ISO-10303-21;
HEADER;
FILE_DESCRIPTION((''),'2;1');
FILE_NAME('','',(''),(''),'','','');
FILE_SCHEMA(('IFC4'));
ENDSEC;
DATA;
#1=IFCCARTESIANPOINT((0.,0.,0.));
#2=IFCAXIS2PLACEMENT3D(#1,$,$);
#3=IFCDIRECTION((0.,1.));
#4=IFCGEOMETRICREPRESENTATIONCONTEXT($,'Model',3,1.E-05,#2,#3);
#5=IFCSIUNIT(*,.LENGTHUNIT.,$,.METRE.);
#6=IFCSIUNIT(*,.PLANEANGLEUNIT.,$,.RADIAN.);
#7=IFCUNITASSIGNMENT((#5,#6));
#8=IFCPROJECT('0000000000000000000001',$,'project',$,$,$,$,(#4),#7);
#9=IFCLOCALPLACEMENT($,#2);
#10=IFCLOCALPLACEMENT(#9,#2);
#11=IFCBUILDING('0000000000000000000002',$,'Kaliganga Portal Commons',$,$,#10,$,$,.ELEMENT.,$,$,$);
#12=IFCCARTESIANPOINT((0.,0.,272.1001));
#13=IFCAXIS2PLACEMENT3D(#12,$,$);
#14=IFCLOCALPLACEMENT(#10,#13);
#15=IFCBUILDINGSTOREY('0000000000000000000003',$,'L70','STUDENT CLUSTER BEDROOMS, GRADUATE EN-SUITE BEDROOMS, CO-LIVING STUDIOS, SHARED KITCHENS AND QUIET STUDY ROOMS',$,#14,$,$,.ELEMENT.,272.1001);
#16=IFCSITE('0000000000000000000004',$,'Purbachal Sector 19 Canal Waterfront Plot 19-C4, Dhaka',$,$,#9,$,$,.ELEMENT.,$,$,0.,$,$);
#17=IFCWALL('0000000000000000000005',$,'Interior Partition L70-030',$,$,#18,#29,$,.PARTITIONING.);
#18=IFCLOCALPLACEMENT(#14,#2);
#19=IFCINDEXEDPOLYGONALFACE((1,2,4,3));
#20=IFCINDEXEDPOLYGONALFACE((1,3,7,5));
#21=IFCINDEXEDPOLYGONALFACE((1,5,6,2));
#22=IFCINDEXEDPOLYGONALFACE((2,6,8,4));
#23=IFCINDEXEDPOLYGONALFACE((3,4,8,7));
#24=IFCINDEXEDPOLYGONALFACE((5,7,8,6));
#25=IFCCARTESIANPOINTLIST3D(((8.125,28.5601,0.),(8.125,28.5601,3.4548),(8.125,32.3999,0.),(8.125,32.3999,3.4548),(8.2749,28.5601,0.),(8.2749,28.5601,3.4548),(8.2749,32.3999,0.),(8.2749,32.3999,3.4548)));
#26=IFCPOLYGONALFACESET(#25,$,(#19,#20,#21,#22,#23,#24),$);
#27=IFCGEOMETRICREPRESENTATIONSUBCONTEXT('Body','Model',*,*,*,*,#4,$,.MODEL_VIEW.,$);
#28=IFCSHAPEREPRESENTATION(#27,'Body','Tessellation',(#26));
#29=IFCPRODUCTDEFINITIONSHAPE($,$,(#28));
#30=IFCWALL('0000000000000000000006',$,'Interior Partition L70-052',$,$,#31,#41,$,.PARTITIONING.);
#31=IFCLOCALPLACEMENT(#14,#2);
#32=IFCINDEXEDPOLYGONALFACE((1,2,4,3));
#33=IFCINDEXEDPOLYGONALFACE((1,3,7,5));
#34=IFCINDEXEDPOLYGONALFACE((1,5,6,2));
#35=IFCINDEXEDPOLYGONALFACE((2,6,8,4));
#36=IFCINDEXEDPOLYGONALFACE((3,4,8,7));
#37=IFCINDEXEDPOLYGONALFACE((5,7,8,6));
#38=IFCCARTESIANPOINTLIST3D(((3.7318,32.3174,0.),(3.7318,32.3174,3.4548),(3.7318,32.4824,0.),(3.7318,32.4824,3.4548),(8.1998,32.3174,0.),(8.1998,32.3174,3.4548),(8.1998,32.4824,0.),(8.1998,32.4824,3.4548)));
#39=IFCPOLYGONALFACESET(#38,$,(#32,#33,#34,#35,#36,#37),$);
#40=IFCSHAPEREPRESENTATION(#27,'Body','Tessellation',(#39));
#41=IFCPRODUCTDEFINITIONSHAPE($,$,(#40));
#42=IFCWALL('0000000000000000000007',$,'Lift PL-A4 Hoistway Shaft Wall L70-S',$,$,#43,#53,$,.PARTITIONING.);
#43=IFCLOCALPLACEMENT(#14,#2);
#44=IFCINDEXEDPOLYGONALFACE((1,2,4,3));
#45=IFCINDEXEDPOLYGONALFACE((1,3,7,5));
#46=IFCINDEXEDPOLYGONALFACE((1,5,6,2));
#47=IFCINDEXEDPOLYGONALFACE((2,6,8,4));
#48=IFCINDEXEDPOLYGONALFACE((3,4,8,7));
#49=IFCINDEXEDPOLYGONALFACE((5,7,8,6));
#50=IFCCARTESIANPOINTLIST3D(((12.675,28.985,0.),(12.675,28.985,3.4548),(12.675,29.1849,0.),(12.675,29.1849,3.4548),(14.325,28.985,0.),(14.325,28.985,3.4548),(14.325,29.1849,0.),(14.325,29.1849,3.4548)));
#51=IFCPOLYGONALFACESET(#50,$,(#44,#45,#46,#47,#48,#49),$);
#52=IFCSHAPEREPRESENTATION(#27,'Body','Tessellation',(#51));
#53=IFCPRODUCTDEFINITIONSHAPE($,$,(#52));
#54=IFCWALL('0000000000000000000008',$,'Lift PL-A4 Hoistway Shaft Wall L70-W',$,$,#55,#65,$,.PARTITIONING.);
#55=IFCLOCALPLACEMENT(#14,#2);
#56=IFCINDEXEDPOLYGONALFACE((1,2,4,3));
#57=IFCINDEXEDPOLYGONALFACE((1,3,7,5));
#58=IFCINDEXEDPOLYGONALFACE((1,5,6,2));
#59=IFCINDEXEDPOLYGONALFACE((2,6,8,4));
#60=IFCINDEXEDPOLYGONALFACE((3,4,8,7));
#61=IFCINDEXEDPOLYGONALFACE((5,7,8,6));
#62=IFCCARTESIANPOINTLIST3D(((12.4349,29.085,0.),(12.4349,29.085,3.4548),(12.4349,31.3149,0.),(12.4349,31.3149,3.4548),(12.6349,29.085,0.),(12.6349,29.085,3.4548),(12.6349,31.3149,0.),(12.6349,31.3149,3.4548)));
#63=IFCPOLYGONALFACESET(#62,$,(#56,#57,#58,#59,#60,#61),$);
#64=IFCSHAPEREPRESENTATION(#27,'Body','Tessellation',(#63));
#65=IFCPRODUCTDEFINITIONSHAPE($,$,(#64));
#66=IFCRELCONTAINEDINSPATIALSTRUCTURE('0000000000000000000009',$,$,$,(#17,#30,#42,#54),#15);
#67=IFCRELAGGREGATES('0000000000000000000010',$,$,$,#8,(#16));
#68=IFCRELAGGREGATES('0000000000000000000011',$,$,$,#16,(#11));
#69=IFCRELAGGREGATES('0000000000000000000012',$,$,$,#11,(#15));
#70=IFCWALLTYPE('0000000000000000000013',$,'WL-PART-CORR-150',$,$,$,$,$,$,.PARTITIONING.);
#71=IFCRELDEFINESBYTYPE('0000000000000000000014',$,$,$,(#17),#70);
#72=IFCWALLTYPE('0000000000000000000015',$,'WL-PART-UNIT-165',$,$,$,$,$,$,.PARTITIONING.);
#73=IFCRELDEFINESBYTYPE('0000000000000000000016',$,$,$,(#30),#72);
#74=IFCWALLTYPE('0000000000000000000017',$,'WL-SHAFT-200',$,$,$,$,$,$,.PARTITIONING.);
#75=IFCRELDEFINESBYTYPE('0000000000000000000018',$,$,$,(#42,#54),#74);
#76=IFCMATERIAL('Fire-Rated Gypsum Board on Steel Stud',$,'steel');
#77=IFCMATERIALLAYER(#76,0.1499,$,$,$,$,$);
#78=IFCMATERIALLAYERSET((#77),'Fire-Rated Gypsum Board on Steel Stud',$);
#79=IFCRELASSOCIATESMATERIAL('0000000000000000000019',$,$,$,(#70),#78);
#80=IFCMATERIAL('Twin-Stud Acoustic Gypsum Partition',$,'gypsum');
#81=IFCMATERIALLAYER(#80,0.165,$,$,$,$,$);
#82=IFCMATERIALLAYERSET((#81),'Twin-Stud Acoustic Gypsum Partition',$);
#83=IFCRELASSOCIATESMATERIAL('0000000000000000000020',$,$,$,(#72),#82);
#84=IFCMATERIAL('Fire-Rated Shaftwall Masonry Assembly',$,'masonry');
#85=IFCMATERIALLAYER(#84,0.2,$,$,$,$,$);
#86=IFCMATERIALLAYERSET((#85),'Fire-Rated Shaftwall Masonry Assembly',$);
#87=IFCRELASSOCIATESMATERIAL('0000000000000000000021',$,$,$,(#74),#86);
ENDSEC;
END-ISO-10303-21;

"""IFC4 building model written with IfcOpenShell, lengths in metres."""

from ifc_helpers import new_model, si_unit, direction, frame, frame_2d, origin, place, context, subcontext, project, spatial, rectangle, extrude, material, layer, layer_set, type_object, element, save


model = new_model("IFC4")

# Units and contexts
model_context = context("Model", 3, precision=1e-05, world=origin(), true_north=direction((0.0, 1.0)))
body_context = subcontext(model_context, "Body", "Model", "MODEL_VIEW")
ifc_project = project(units=[si_unit("LENGTHUNIT", "METRE"), si_unit("PLANEANGLEUNIT", "RADIAN")], contexts=[model_context])

# Site, building, storey
site_placement = place(None, origin())
site = spatial("IfcSite", under=ifc_project, at=site_placement, Name="Purbachal Sector 19 Canal Waterfront Plot 19-C4, Dhaka", CompositionType="ELEMENT", RefElevation=0.0)
building_placement = place(site_placement, origin())
building = spatial("IfcBuilding", under=site, at=building_placement, Name="Kaliganga Portal Commons", CompositionType="ELEMENT")
storey_placement = place(building_placement, frame((0.0, 0.0, 272.1001)))
storey = spatial("IfcBuildingStorey", under=building, at=storey_placement, Name="L70", Description="STUDENT CLUSTER BEDROOMS, GRADUATE EN-SUITE BEDROOMS, CO-LIVING STUDIOS, SHARED KITCHENS AND QUIET STUDY ROOMS", CompositionType="ELEMENT", Elevation=272.1001)

# Walls
ifc_material_1 = material(Name="Fire-Rated Gypsum Board on Steel Stud", Category="steel")
ifc_layer_1 = layer(ifc_material_1, 0.1499)
ifc_layer_set_1 = layer_set([ifc_layer_1], Name="Fire-Rated Gypsum Board on Steel Stud")
wall_type_1 = type_object("IfcWallType", Name="WL-PART-CORR-150", PredefinedType="PARTITIONING", material=ifc_layer_set_1)
wall_1_placement = place(storey_placement, frame((8.2, 28.5601, 0.0), z_axis=(0.0, 0.0, 1.0), x_axis=(0.0, 1.0, 0.0)))
element("IfcWall", 1, at=wall_1_placement, inside=storey, type_object=wall_type_1, Name="Interior Partition L70-030", PredefinedType="PARTITIONING", context=body_context, shape_type="SweptSolid", body=[
    extrude(rectangle(XDim=3.8398, YDim=0.1499, at=frame_2d((1.9199, 0.0))), origin(), (0.0, 0.0, 1.0), 3.4548),
])
ifc_material_2 = material(Name="Twin-Stud Acoustic Gypsum Partition", Category="gypsum")
ifc_layer_2 = layer(ifc_material_2, 0.165)
ifc_layer_set_2 = layer_set([ifc_layer_2], Name="Twin-Stud Acoustic Gypsum Partition")
wall_type_2 = type_object("IfcWallType", Name="WL-PART-UNIT-165", PredefinedType="PARTITIONING", material=ifc_layer_set_2)
wall_2_placement = place(storey_placement, frame((3.7319, 32.3999, 0.0), z_axis=(0.0, 0.0, 1.0), x_axis=(1.0, 0.0, 0.0)))
element("IfcWall", 2, at=wall_2_placement, inside=storey, type_object=wall_type_2, Name="Interior Partition L70-052", PredefinedType="PARTITIONING", context=body_context, shape_type="SweptSolid", body=[
    extrude(rectangle(XDim=4.468, YDim=0.165, at=frame_2d((2.2339, 0.0))), origin(), (0.0, 0.0, 1.0), 3.4548),
])
ifc_material_3 = material(Name="Fire-Rated Shaftwall Masonry Assembly", Category="masonry")
ifc_layer_3 = layer(ifc_material_3, 0.2)
ifc_layer_set_3 = layer_set([ifc_layer_3], Name="Fire-Rated Shaftwall Masonry Assembly")
wall_type_3 = type_object("IfcWallType", Name="WL-SHAFT-200", PredefinedType="PARTITIONING", material=ifc_layer_set_3)
wall_3_placement = place(storey_placement, frame((12.675, 29.085, 0.0), z_axis=(0.0, 0.0, 1.0), x_axis=(1.0, 0.0, 0.0)))
element("IfcWall", 3, at=wall_3_placement, inside=storey, type_object=wall_type_3, Name="Lift PL-A4 Hoistway Shaft Wall L70-S", PredefinedType="PARTITIONING", context=body_context, shape_type="SweptSolid", body=[
    extrude(rectangle(XDim=1.6499, YDim=0.2, at=frame_2d((0.825, 0.0))), origin(), (0.0, 0.0, 1.0), 3.4548),
])

# Wall
wall_4_placement = place(storey_placement, frame((12.5349, 29.085, 0.0), z_axis=(0.0, 0.0, 1.0), x_axis=(0.0, 1.0, 0.0)))
element("IfcWall", 4, at=wall_4_placement, inside=storey, type_object=wall_type_3, Name="Lift PL-A4 Hoistway Shaft Wall L70-W", PredefinedType="PARTITIONING", context=body_context, shape_type="SweptSolid", body=[
    extrude(rectangle(XDim=2.23, YDim=0.2, at=frame_2d((1.115, 0.0))), origin(), (0.0, 0.0, 1.0), 3.4548),
])

save(model, "model.ifc")
